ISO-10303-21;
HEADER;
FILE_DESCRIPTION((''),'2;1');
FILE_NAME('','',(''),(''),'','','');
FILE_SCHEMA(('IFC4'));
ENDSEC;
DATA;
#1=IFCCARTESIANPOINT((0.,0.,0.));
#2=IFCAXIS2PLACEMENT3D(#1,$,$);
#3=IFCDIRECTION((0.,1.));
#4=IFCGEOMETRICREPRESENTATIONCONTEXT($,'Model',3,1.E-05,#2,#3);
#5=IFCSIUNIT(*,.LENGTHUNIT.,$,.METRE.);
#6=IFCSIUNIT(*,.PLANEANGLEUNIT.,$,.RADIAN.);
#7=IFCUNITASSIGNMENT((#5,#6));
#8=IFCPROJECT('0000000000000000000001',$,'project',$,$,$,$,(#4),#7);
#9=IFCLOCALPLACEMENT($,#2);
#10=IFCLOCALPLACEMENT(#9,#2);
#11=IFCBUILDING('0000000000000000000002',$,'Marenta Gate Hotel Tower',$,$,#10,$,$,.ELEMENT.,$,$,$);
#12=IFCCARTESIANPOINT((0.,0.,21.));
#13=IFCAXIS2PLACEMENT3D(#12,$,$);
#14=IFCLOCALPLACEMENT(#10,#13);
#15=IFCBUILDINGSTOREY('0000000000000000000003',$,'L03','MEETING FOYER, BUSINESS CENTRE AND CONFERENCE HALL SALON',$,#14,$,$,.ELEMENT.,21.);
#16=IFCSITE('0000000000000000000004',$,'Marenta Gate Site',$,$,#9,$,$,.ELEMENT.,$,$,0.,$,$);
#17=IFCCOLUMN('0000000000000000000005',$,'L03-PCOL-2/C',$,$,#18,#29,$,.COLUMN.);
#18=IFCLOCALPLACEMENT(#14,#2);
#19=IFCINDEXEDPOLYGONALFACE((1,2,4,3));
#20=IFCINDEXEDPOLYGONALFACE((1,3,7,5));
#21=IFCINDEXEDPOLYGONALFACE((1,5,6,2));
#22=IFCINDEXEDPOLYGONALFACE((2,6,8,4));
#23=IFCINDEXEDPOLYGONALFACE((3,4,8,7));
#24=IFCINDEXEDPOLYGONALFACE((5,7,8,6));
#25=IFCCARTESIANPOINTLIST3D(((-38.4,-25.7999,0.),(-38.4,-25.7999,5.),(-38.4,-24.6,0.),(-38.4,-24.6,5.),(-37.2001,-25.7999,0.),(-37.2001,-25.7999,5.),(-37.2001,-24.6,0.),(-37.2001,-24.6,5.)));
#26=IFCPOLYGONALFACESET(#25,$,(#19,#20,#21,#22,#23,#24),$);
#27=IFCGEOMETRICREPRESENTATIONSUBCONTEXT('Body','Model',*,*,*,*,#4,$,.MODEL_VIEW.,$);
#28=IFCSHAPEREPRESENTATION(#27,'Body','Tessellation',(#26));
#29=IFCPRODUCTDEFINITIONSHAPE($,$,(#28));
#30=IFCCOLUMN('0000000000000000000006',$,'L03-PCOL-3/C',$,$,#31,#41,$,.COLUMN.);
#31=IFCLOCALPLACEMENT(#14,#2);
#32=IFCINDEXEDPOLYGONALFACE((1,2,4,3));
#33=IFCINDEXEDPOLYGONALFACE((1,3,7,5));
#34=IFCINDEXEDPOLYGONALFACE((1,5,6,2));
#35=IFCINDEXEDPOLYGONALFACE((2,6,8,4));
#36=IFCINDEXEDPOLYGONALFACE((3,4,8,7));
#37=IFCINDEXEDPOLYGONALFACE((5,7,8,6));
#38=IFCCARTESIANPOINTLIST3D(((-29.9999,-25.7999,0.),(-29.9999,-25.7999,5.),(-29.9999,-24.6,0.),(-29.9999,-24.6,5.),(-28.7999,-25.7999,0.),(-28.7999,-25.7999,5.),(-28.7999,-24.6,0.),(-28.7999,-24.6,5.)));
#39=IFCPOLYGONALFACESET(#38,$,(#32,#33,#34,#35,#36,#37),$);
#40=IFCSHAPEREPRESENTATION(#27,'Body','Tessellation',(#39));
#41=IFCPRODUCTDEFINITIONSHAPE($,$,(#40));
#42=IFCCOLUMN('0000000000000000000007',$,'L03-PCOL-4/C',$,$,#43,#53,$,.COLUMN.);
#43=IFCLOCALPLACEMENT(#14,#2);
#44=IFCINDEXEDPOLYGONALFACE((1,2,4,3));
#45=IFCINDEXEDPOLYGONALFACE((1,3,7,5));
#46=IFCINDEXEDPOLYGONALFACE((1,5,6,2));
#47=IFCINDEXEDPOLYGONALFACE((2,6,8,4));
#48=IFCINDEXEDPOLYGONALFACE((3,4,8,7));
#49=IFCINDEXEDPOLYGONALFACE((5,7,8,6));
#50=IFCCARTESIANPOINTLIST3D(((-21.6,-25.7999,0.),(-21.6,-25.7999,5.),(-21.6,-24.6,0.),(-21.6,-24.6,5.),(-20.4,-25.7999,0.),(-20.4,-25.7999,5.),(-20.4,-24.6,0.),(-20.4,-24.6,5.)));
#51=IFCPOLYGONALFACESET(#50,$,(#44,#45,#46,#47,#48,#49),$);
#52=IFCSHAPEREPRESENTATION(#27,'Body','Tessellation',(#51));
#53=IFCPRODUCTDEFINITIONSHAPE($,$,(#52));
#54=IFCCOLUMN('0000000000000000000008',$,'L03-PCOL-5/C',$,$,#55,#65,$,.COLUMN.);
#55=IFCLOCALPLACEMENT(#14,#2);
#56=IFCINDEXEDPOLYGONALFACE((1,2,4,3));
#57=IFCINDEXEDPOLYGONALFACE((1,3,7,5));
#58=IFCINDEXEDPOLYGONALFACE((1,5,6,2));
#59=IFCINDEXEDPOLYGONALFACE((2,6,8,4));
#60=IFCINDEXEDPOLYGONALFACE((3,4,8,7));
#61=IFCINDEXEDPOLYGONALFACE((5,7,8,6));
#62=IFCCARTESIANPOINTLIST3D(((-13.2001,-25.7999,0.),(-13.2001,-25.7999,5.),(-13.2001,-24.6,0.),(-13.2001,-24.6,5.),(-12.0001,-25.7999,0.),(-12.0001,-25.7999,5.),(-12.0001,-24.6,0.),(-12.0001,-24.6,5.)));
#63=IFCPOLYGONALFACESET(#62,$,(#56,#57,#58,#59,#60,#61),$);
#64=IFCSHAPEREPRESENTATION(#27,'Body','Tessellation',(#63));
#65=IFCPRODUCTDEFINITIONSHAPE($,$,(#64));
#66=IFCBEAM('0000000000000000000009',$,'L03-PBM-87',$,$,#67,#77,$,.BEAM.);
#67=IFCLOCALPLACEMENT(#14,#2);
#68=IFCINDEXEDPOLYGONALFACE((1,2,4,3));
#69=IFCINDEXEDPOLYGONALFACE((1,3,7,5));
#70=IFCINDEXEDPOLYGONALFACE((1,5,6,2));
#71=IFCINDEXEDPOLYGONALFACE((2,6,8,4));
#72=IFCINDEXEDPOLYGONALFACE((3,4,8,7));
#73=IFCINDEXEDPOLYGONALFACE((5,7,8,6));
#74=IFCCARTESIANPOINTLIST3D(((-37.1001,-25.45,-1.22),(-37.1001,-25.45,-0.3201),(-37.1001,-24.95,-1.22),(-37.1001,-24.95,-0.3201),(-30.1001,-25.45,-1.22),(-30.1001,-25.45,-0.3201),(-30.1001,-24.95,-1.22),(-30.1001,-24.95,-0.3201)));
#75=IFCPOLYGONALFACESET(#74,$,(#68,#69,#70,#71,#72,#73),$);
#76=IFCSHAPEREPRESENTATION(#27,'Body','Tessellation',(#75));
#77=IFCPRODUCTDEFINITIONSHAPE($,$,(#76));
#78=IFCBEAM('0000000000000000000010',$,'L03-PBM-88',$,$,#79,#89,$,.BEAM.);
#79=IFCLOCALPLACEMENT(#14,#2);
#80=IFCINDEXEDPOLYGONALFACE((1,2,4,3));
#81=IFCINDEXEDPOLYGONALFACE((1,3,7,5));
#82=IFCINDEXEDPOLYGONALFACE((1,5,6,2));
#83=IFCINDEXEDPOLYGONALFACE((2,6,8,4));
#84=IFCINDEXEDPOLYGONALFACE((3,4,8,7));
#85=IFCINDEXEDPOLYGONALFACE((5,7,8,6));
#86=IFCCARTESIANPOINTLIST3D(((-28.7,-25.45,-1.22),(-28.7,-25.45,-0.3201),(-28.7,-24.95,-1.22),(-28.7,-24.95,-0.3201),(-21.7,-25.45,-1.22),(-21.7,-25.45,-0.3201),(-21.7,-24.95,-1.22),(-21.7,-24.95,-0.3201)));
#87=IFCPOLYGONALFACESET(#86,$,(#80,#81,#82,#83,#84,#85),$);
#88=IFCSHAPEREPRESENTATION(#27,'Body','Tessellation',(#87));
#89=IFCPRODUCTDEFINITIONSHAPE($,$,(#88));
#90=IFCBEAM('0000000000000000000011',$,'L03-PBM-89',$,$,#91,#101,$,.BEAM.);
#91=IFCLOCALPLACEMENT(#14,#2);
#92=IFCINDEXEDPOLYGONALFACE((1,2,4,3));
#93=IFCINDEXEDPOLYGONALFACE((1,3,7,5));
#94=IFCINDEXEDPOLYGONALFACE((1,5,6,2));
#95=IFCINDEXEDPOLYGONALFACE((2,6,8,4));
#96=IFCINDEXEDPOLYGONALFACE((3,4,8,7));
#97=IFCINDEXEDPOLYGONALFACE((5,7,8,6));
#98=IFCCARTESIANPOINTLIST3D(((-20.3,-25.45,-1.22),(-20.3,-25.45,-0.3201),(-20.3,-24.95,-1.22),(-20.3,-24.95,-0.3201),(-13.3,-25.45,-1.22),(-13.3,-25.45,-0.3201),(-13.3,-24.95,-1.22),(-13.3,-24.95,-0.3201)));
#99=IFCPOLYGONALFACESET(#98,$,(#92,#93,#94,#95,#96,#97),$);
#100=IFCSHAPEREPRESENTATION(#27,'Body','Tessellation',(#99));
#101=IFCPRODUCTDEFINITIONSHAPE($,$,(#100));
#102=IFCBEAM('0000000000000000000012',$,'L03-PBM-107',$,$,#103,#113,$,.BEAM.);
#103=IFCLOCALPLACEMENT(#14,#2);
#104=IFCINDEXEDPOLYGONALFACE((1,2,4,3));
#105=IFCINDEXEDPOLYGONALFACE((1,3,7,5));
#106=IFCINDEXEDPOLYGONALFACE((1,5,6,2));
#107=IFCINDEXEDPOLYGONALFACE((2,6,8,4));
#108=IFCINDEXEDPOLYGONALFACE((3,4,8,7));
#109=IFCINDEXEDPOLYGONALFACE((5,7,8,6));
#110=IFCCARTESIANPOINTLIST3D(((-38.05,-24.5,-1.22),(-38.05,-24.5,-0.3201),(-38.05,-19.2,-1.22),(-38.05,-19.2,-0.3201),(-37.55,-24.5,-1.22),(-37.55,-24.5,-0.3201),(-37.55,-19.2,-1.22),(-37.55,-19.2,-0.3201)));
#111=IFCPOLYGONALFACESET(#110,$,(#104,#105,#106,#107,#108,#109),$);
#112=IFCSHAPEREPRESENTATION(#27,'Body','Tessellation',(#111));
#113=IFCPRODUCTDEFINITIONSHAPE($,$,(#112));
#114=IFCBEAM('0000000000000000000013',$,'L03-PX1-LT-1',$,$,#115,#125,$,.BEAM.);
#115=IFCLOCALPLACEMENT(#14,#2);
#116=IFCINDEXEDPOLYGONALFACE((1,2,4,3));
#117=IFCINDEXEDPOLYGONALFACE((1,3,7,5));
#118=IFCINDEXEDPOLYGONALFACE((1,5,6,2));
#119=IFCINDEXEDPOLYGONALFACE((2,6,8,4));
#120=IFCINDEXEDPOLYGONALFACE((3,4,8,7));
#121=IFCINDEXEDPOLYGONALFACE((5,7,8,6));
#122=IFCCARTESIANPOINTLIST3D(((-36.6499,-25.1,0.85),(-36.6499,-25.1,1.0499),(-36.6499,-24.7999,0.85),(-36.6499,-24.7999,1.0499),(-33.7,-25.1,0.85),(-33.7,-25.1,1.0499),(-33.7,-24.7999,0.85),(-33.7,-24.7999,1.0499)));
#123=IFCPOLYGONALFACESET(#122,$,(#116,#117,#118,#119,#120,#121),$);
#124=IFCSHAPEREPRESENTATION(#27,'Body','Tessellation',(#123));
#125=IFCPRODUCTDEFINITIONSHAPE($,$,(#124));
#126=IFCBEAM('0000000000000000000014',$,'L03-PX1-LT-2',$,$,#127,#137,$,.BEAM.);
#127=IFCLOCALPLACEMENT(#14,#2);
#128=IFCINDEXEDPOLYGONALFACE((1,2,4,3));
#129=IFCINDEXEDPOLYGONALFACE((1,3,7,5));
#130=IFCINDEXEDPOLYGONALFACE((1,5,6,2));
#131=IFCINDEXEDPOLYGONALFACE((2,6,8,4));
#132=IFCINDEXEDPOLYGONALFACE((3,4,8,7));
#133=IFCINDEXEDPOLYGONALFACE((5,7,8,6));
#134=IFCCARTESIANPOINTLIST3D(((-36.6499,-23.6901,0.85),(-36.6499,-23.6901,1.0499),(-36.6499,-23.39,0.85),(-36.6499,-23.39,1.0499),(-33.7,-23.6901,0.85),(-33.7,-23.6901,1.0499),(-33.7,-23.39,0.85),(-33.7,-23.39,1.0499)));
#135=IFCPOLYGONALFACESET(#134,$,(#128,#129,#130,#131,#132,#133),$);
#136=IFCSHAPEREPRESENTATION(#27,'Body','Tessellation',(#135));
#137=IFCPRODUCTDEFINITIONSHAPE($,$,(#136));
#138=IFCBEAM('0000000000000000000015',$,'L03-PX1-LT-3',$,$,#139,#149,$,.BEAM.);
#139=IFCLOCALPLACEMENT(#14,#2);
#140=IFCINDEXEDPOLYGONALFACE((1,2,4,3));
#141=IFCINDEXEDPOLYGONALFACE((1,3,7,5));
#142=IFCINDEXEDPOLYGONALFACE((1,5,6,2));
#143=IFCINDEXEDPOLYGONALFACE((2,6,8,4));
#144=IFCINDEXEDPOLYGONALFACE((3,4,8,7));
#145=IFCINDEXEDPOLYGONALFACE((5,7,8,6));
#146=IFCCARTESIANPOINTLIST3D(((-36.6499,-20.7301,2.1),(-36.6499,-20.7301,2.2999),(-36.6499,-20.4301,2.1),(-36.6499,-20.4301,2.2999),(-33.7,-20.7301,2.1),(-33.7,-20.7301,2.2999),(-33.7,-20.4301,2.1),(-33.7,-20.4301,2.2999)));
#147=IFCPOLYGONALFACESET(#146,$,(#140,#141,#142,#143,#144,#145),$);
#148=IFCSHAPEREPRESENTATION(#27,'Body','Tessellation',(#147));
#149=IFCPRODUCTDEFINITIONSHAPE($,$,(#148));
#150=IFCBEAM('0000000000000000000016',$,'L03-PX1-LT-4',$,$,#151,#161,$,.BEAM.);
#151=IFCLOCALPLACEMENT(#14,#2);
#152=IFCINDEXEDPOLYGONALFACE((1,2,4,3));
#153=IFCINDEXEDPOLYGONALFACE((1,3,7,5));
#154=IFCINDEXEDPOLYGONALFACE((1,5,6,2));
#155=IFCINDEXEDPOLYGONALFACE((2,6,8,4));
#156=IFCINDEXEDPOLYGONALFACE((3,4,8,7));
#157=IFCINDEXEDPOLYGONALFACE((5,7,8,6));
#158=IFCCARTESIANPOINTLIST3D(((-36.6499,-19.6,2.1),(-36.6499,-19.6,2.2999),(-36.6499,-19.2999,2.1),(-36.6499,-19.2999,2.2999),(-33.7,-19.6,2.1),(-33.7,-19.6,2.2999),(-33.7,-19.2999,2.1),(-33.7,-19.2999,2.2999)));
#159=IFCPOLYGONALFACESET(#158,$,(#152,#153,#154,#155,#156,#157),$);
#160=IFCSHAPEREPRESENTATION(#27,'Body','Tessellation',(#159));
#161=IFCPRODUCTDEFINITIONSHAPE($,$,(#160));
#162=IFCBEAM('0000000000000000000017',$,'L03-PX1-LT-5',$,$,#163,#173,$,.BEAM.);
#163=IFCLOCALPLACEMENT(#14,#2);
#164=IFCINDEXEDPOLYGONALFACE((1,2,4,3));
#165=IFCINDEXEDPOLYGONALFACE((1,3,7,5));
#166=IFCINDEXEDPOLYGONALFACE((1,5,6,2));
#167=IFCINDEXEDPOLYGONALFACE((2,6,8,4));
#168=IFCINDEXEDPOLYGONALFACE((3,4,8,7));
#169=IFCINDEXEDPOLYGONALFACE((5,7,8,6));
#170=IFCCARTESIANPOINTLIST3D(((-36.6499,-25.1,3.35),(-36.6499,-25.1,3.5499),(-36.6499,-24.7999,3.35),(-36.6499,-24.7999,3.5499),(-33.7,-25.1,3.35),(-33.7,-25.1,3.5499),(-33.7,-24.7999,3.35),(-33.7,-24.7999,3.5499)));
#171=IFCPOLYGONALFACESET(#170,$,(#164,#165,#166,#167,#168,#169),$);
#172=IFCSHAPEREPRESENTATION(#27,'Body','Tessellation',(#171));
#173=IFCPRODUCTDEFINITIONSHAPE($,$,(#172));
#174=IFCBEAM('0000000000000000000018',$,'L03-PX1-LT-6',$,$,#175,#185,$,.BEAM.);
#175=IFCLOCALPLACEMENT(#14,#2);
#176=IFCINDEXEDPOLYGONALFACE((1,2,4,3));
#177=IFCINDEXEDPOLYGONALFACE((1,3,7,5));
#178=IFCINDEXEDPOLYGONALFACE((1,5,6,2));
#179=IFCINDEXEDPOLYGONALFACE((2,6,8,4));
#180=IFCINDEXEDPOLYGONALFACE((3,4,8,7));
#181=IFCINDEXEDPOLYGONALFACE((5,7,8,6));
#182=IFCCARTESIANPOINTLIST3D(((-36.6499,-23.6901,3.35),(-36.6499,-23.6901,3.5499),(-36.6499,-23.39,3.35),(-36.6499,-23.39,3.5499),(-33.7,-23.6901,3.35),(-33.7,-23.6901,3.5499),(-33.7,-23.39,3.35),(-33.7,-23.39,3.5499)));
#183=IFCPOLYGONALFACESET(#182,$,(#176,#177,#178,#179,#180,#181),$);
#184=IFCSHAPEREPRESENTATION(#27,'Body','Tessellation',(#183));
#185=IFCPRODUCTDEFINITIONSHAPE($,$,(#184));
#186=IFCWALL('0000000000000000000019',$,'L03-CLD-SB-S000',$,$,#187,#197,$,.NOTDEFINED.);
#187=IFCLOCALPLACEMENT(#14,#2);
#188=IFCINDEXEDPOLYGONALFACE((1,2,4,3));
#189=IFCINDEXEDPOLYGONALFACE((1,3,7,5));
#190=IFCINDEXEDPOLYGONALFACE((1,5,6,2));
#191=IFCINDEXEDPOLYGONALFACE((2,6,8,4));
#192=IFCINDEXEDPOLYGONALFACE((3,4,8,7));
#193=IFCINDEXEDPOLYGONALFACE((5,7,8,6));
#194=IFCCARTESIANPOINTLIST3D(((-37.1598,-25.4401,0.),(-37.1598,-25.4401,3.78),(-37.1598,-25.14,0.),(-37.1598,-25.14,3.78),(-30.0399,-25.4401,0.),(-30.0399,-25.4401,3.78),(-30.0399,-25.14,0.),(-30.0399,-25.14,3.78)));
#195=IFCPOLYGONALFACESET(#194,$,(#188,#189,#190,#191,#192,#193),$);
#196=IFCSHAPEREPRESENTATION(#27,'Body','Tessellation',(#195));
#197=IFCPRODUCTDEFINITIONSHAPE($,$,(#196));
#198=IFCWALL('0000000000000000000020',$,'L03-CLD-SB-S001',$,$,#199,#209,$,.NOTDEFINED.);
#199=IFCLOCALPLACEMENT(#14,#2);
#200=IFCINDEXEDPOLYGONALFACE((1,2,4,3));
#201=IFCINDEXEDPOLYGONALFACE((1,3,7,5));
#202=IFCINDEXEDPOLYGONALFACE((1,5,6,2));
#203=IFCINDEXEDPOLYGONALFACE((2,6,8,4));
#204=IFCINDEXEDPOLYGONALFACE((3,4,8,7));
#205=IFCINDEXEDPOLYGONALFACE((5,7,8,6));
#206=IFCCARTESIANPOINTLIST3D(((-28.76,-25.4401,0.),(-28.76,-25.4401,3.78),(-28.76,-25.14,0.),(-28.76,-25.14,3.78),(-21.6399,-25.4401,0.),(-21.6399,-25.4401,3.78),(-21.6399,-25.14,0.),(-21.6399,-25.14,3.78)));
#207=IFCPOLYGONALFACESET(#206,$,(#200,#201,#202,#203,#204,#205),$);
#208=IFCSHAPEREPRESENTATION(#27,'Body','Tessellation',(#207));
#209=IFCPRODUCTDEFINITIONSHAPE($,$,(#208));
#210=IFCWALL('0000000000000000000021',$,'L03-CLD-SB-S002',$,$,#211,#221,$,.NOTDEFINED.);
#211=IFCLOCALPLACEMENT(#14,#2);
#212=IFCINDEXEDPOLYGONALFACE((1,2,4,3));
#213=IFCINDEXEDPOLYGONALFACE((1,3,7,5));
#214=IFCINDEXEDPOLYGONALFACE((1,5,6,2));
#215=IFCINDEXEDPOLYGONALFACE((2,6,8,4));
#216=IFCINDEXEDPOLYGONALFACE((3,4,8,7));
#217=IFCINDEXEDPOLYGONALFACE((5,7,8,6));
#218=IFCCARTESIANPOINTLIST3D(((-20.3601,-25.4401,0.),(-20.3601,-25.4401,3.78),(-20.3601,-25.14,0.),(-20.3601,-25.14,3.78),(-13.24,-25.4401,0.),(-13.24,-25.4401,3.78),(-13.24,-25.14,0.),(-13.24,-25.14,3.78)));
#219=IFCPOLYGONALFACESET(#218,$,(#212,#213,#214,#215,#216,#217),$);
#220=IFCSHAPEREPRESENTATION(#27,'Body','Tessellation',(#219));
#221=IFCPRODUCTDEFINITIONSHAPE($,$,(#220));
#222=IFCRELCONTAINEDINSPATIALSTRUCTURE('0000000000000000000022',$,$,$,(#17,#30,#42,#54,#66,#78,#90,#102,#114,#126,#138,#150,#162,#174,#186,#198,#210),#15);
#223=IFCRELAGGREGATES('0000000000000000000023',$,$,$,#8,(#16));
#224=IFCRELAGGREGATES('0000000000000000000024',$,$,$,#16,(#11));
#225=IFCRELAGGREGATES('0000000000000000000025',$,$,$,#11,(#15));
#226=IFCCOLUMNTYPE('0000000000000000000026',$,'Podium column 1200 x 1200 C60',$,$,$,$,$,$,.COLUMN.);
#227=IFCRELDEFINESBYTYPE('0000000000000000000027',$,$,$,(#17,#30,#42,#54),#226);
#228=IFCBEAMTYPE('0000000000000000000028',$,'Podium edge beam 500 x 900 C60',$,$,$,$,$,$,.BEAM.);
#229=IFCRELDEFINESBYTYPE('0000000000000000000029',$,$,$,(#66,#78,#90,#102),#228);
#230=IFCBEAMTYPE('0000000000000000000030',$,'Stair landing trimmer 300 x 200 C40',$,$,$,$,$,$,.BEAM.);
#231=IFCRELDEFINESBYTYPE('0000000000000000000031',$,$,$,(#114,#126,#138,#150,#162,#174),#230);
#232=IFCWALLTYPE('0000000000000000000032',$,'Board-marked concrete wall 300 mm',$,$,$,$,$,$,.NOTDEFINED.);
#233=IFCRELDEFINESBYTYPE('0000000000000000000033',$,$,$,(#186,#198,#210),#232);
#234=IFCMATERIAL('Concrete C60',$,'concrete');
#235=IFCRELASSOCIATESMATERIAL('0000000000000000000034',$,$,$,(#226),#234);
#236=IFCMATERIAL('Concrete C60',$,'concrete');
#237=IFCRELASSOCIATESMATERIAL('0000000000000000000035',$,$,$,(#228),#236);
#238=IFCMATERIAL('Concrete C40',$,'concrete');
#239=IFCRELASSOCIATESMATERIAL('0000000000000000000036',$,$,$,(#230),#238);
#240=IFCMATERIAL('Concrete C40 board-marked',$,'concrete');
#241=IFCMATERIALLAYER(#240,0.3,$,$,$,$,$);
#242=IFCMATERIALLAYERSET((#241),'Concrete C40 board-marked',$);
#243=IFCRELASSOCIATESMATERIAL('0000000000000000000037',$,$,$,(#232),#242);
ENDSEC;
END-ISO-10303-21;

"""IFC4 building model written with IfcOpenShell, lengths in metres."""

from ifc_helpers import new_model, si_unit, direction, frame, frame_2d, origin, origin_2d, place, context, subcontext, project, spatial, rectangle, extrude, material, layer, layer_set, material_profile, profile_set, type_object, element, save


model = new_model("IFC4")

# Units and contexts
model_context = context("Model", 3, precision=1e-05, world=origin(), true_north=direction((0.0, 1.0)))
body_context = subcontext(model_context, "Body", "Model", "MODEL_VIEW")
ifc_project = project(units=[si_unit("LENGTHUNIT", "METRE"), si_unit("PLANEANGLEUNIT", "RADIAN")], contexts=[model_context])

# Site, building, storey
site_placement = place(None, origin())
site = spatial("IfcSite", under=ifc_project, at=site_placement, Name="Marenta Gate Site", CompositionType="ELEMENT", RefElevation=0.0)
building_placement = place(site_placement, origin())
building = spatial("IfcBuilding", under=site, at=building_placement, Name="Marenta Gate Hotel Tower", CompositionType="ELEMENT")
storey_placement = place(building_placement, frame((0.0, 0.0, 21.0)))
storey = spatial("IfcBuildingStorey", under=building, at=storey_placement, Name="L03", Description="MEETING FOYER, BUSINESS CENTRE AND CONFERENCE HALL SALON", CompositionType="ELEMENT", Elevation=21.0)

# Columns
ifc_material_1 = material(Name="Concrete C60", Category="concrete")
ifc_material_profile_1 = material_profile(ifc_material_1, rectangle(XDim=1.2, YDim=1.2, at=origin_2d()), Name="1200 x 1200")
ifc_profile_set_1 = profile_set([ifc_material_profile_1], Name="Concrete C60")
column_type = type_object("IfcColumnType", Name="Podium column 1200 x 1200 C60", PredefinedType="COLUMN", material=ifc_profile_set_1)
for number, where, z_axis, x_axis, name in (
    (1, (-37.8, -25.2, 0.0), (0.0, 0.0, 1.0), (1.0, 0.0, 0.0), "L03-PCOL-2/C"),
    (2, (-29.3999, -25.2, 0.0), (0.0, 0.0, 1.0), (1.0, 0.0, 0.0), "L03-PCOL-3/C"),
    (3, (-21.0, -25.2, 0.0), (0.0, 0.0, 1.0), (1.0, 0.0, 0.0), "L03-PCOL-4/C"),
    (4, (-12.6001, -25.2, 0.0), (0.0, 0.0, 1.0), (1.0, 0.0, 0.0), "L03-PCOL-5/C"),
):
    element("IfcColumn", number, at=place(storey_placement, frame(where, z_axis=z_axis, x_axis=x_axis)), inside=storey, type_object=column_type, Name=name, PredefinedType="COLUMN", context=body_context, shape_type="SweptSolid", body=[
        extrude(rectangle(XDim=1.2, YDim=1.2, at=origin_2d()), origin(), (0.0, 0.0, 1.0), 5.0),
    ])

# Beams
ifc_material_2 = material(Name="Concrete C60", Category="concrete")
ifc_material_profile_2 = material_profile(ifc_material_2, rectangle(XDim=0.5, YDim=0.8999, at=origin_2d()), Name="500 x 900")
ifc_profile_set_2 = profile_set([ifc_material_profile_2], Name="Concrete C60")
beam_type_1 = type_object("IfcBeamType", Name="Podium edge beam 500 x 900 C60", PredefinedType="BEAM", material=ifc_profile_set_2)
for number, where, z_axis, x_axis, name in (
    (5, (-37.1001, -25.2, -0.77), (1.0, 0.0, 0.0), (0.0, 1.0, 0.0), "L03-PBM-87"),
    (6, (-28.7, -25.2, -0.77), (1.0, 0.0, 0.0), (0.0, 1.0, 0.0), "L03-PBM-88"),
    (7, (-20.3, -25.2, -0.77), (1.0, 0.0, 0.0), (0.0, 1.0, 0.0), "L03-PBM-89"),
):
    element("IfcBeam", number, at=place(storey_placement, frame(where, z_axis=z_axis, x_axis=x_axis)), inside=storey, type_object=beam_type_1, Name=name, PredefinedType="BEAM", context=body_context, shape_type="SweptSolid", body=[
        extrude(rectangle(XDim=0.5, YDim=0.8999, at=origin_2d()), origin(), (0.0, 0.0, 1.0), 7.0),
    ])
beam_placement = place(storey_placement, frame((-37.8, -19.2, -0.77), z_axis=(0.0, -1.0, 0.0), x_axis=(1.0, 0.0, 0.0)))
element("IfcBeam", 8, at=beam_placement, inside=storey, type_object=beam_type_1, Name="L03-PBM-107", PredefinedType="BEAM", context=body_context, shape_type="SweptSolid", body=[
    extrude(rectangle(XDim=0.5, YDim=0.8999, at=origin_2d()), origin(), (0.0, 0.0, 1.0), 5.3),
])
ifc_material_3 = material(Name="Concrete C40", Category="concrete")
ifc_material_profile_3 = material_profile(ifc_material_3, rectangle(XDim=0.3, YDim=0.2, at=origin_2d()), Name="300 x 200")
ifc_profile_set_3 = profile_set([ifc_material_profile_3], Name="Concrete C40")
beam_type_2 = type_object("IfcBeamType", Name="Stair landing trimmer 300 x 200 C40", PredefinedType="BEAM", material=ifc_profile_set_3)
for number, where, z_axis, x_axis, name in (
    (9, (-36.6499, -24.95, 0.95), (1.0, 0.0, 0.0), (0.0, 1.0, 0.0), "L03-PX1-LT-1"),
    (10, (-36.6499, -23.54, 0.95), (1.0, 0.0, 0.0), (0.0, 1.0, 0.0), "L03-PX1-LT-2"),
    (11, (-36.6499, -20.5801, 2.2), (1.0, 0.0, 0.0), (0.0, 1.0, 0.0), "L03-PX1-LT-3"),
    (12, (-36.6499, -19.45, 2.2), (1.0, 0.0, 0.0), (0.0, 1.0, 0.0), "L03-PX1-LT-4"),
    (13, (-36.6499, -24.95, 3.45), (1.0, 0.0, 0.0), (0.0, 1.0, 0.0), "L03-PX1-LT-5"),
    (14, (-36.6499, -23.54, 3.45), (1.0, 0.0, 0.0), (0.0, 1.0, 0.0), "L03-PX1-LT-6"),
):
    element("IfcBeam", number, at=place(storey_placement, frame(where, z_axis=z_axis, x_axis=x_axis)), inside=storey, type_object=beam_type_2, Name=name, PredefinedType="BEAM", context=body_context, shape_type="SweptSolid", body=[
        extrude(rectangle(XDim=0.3, YDim=0.2, at=origin_2d()), origin(), (0.0, 0.0, 1.0), 2.95),
    ])

# Walls
ifc_material_4 = material(Name="Concrete C40 board-marked", Category="concrete")
ifc_layer_1 = layer(ifc_material_4, 0.3)
ifc_layer_set_1 = layer_set([ifc_layer_1], Name="Concrete C40 board-marked")
wall_type_1 = type_object("IfcWallType", Name="Board-marked concrete wall 300 mm", PredefinedType="NOTDEFINED", material=ifc_layer_set_1)
wall_1_placement = place(storey_placement, frame((-37.1599, -25.29, 0.0), z_axis=(0.0, 0.0, 1.0), x_axis=(1.0, 0.0, 0.0)))
element("IfcWall", 15, at=wall_1_placement, inside=storey, type_object=wall_type_1, Name="L03-CLD-SB-S000", PredefinedType="NOTDEFINED", context=body_context, shape_type="SweptSolid", body=[
    extrude(rectangle(XDim=7.1199, YDim=0.3, at=frame_2d((3.5601, 0.0))), origin(), (0.0, 0.0, 1.0), 3.78),
])
for number, where, z_axis, x_axis, name in (
    (16, (-28.76, -25.29, 0.0), (0.0, 0.0, 1.0), (1.0, 0.0, 0.0), "L03-CLD-SB-S001"),
    (17, (-20.3601, -25.29, 0.0), (0.0, 0.0, 1.0), (1.0, 0.0, 0.0), "L03-CLD-SB-S002"),
):
    element("IfcWall", number, at=place(storey_placement, frame(where, z_axis=z_axis, x_axis=x_axis)), inside=storey, type_object=wall_type_1, Name=name, PredefinedType="NOTDEFINED", context=body_context, shape_type="SweptSolid", body=[
        extrude(rectangle(XDim=7.1201, YDim=0.3, at=frame_2d((3.5601, 0.0))), origin(), (0.0, 0.0, 1.0), 3.78),
    ])

save(model, "model.ifc")
